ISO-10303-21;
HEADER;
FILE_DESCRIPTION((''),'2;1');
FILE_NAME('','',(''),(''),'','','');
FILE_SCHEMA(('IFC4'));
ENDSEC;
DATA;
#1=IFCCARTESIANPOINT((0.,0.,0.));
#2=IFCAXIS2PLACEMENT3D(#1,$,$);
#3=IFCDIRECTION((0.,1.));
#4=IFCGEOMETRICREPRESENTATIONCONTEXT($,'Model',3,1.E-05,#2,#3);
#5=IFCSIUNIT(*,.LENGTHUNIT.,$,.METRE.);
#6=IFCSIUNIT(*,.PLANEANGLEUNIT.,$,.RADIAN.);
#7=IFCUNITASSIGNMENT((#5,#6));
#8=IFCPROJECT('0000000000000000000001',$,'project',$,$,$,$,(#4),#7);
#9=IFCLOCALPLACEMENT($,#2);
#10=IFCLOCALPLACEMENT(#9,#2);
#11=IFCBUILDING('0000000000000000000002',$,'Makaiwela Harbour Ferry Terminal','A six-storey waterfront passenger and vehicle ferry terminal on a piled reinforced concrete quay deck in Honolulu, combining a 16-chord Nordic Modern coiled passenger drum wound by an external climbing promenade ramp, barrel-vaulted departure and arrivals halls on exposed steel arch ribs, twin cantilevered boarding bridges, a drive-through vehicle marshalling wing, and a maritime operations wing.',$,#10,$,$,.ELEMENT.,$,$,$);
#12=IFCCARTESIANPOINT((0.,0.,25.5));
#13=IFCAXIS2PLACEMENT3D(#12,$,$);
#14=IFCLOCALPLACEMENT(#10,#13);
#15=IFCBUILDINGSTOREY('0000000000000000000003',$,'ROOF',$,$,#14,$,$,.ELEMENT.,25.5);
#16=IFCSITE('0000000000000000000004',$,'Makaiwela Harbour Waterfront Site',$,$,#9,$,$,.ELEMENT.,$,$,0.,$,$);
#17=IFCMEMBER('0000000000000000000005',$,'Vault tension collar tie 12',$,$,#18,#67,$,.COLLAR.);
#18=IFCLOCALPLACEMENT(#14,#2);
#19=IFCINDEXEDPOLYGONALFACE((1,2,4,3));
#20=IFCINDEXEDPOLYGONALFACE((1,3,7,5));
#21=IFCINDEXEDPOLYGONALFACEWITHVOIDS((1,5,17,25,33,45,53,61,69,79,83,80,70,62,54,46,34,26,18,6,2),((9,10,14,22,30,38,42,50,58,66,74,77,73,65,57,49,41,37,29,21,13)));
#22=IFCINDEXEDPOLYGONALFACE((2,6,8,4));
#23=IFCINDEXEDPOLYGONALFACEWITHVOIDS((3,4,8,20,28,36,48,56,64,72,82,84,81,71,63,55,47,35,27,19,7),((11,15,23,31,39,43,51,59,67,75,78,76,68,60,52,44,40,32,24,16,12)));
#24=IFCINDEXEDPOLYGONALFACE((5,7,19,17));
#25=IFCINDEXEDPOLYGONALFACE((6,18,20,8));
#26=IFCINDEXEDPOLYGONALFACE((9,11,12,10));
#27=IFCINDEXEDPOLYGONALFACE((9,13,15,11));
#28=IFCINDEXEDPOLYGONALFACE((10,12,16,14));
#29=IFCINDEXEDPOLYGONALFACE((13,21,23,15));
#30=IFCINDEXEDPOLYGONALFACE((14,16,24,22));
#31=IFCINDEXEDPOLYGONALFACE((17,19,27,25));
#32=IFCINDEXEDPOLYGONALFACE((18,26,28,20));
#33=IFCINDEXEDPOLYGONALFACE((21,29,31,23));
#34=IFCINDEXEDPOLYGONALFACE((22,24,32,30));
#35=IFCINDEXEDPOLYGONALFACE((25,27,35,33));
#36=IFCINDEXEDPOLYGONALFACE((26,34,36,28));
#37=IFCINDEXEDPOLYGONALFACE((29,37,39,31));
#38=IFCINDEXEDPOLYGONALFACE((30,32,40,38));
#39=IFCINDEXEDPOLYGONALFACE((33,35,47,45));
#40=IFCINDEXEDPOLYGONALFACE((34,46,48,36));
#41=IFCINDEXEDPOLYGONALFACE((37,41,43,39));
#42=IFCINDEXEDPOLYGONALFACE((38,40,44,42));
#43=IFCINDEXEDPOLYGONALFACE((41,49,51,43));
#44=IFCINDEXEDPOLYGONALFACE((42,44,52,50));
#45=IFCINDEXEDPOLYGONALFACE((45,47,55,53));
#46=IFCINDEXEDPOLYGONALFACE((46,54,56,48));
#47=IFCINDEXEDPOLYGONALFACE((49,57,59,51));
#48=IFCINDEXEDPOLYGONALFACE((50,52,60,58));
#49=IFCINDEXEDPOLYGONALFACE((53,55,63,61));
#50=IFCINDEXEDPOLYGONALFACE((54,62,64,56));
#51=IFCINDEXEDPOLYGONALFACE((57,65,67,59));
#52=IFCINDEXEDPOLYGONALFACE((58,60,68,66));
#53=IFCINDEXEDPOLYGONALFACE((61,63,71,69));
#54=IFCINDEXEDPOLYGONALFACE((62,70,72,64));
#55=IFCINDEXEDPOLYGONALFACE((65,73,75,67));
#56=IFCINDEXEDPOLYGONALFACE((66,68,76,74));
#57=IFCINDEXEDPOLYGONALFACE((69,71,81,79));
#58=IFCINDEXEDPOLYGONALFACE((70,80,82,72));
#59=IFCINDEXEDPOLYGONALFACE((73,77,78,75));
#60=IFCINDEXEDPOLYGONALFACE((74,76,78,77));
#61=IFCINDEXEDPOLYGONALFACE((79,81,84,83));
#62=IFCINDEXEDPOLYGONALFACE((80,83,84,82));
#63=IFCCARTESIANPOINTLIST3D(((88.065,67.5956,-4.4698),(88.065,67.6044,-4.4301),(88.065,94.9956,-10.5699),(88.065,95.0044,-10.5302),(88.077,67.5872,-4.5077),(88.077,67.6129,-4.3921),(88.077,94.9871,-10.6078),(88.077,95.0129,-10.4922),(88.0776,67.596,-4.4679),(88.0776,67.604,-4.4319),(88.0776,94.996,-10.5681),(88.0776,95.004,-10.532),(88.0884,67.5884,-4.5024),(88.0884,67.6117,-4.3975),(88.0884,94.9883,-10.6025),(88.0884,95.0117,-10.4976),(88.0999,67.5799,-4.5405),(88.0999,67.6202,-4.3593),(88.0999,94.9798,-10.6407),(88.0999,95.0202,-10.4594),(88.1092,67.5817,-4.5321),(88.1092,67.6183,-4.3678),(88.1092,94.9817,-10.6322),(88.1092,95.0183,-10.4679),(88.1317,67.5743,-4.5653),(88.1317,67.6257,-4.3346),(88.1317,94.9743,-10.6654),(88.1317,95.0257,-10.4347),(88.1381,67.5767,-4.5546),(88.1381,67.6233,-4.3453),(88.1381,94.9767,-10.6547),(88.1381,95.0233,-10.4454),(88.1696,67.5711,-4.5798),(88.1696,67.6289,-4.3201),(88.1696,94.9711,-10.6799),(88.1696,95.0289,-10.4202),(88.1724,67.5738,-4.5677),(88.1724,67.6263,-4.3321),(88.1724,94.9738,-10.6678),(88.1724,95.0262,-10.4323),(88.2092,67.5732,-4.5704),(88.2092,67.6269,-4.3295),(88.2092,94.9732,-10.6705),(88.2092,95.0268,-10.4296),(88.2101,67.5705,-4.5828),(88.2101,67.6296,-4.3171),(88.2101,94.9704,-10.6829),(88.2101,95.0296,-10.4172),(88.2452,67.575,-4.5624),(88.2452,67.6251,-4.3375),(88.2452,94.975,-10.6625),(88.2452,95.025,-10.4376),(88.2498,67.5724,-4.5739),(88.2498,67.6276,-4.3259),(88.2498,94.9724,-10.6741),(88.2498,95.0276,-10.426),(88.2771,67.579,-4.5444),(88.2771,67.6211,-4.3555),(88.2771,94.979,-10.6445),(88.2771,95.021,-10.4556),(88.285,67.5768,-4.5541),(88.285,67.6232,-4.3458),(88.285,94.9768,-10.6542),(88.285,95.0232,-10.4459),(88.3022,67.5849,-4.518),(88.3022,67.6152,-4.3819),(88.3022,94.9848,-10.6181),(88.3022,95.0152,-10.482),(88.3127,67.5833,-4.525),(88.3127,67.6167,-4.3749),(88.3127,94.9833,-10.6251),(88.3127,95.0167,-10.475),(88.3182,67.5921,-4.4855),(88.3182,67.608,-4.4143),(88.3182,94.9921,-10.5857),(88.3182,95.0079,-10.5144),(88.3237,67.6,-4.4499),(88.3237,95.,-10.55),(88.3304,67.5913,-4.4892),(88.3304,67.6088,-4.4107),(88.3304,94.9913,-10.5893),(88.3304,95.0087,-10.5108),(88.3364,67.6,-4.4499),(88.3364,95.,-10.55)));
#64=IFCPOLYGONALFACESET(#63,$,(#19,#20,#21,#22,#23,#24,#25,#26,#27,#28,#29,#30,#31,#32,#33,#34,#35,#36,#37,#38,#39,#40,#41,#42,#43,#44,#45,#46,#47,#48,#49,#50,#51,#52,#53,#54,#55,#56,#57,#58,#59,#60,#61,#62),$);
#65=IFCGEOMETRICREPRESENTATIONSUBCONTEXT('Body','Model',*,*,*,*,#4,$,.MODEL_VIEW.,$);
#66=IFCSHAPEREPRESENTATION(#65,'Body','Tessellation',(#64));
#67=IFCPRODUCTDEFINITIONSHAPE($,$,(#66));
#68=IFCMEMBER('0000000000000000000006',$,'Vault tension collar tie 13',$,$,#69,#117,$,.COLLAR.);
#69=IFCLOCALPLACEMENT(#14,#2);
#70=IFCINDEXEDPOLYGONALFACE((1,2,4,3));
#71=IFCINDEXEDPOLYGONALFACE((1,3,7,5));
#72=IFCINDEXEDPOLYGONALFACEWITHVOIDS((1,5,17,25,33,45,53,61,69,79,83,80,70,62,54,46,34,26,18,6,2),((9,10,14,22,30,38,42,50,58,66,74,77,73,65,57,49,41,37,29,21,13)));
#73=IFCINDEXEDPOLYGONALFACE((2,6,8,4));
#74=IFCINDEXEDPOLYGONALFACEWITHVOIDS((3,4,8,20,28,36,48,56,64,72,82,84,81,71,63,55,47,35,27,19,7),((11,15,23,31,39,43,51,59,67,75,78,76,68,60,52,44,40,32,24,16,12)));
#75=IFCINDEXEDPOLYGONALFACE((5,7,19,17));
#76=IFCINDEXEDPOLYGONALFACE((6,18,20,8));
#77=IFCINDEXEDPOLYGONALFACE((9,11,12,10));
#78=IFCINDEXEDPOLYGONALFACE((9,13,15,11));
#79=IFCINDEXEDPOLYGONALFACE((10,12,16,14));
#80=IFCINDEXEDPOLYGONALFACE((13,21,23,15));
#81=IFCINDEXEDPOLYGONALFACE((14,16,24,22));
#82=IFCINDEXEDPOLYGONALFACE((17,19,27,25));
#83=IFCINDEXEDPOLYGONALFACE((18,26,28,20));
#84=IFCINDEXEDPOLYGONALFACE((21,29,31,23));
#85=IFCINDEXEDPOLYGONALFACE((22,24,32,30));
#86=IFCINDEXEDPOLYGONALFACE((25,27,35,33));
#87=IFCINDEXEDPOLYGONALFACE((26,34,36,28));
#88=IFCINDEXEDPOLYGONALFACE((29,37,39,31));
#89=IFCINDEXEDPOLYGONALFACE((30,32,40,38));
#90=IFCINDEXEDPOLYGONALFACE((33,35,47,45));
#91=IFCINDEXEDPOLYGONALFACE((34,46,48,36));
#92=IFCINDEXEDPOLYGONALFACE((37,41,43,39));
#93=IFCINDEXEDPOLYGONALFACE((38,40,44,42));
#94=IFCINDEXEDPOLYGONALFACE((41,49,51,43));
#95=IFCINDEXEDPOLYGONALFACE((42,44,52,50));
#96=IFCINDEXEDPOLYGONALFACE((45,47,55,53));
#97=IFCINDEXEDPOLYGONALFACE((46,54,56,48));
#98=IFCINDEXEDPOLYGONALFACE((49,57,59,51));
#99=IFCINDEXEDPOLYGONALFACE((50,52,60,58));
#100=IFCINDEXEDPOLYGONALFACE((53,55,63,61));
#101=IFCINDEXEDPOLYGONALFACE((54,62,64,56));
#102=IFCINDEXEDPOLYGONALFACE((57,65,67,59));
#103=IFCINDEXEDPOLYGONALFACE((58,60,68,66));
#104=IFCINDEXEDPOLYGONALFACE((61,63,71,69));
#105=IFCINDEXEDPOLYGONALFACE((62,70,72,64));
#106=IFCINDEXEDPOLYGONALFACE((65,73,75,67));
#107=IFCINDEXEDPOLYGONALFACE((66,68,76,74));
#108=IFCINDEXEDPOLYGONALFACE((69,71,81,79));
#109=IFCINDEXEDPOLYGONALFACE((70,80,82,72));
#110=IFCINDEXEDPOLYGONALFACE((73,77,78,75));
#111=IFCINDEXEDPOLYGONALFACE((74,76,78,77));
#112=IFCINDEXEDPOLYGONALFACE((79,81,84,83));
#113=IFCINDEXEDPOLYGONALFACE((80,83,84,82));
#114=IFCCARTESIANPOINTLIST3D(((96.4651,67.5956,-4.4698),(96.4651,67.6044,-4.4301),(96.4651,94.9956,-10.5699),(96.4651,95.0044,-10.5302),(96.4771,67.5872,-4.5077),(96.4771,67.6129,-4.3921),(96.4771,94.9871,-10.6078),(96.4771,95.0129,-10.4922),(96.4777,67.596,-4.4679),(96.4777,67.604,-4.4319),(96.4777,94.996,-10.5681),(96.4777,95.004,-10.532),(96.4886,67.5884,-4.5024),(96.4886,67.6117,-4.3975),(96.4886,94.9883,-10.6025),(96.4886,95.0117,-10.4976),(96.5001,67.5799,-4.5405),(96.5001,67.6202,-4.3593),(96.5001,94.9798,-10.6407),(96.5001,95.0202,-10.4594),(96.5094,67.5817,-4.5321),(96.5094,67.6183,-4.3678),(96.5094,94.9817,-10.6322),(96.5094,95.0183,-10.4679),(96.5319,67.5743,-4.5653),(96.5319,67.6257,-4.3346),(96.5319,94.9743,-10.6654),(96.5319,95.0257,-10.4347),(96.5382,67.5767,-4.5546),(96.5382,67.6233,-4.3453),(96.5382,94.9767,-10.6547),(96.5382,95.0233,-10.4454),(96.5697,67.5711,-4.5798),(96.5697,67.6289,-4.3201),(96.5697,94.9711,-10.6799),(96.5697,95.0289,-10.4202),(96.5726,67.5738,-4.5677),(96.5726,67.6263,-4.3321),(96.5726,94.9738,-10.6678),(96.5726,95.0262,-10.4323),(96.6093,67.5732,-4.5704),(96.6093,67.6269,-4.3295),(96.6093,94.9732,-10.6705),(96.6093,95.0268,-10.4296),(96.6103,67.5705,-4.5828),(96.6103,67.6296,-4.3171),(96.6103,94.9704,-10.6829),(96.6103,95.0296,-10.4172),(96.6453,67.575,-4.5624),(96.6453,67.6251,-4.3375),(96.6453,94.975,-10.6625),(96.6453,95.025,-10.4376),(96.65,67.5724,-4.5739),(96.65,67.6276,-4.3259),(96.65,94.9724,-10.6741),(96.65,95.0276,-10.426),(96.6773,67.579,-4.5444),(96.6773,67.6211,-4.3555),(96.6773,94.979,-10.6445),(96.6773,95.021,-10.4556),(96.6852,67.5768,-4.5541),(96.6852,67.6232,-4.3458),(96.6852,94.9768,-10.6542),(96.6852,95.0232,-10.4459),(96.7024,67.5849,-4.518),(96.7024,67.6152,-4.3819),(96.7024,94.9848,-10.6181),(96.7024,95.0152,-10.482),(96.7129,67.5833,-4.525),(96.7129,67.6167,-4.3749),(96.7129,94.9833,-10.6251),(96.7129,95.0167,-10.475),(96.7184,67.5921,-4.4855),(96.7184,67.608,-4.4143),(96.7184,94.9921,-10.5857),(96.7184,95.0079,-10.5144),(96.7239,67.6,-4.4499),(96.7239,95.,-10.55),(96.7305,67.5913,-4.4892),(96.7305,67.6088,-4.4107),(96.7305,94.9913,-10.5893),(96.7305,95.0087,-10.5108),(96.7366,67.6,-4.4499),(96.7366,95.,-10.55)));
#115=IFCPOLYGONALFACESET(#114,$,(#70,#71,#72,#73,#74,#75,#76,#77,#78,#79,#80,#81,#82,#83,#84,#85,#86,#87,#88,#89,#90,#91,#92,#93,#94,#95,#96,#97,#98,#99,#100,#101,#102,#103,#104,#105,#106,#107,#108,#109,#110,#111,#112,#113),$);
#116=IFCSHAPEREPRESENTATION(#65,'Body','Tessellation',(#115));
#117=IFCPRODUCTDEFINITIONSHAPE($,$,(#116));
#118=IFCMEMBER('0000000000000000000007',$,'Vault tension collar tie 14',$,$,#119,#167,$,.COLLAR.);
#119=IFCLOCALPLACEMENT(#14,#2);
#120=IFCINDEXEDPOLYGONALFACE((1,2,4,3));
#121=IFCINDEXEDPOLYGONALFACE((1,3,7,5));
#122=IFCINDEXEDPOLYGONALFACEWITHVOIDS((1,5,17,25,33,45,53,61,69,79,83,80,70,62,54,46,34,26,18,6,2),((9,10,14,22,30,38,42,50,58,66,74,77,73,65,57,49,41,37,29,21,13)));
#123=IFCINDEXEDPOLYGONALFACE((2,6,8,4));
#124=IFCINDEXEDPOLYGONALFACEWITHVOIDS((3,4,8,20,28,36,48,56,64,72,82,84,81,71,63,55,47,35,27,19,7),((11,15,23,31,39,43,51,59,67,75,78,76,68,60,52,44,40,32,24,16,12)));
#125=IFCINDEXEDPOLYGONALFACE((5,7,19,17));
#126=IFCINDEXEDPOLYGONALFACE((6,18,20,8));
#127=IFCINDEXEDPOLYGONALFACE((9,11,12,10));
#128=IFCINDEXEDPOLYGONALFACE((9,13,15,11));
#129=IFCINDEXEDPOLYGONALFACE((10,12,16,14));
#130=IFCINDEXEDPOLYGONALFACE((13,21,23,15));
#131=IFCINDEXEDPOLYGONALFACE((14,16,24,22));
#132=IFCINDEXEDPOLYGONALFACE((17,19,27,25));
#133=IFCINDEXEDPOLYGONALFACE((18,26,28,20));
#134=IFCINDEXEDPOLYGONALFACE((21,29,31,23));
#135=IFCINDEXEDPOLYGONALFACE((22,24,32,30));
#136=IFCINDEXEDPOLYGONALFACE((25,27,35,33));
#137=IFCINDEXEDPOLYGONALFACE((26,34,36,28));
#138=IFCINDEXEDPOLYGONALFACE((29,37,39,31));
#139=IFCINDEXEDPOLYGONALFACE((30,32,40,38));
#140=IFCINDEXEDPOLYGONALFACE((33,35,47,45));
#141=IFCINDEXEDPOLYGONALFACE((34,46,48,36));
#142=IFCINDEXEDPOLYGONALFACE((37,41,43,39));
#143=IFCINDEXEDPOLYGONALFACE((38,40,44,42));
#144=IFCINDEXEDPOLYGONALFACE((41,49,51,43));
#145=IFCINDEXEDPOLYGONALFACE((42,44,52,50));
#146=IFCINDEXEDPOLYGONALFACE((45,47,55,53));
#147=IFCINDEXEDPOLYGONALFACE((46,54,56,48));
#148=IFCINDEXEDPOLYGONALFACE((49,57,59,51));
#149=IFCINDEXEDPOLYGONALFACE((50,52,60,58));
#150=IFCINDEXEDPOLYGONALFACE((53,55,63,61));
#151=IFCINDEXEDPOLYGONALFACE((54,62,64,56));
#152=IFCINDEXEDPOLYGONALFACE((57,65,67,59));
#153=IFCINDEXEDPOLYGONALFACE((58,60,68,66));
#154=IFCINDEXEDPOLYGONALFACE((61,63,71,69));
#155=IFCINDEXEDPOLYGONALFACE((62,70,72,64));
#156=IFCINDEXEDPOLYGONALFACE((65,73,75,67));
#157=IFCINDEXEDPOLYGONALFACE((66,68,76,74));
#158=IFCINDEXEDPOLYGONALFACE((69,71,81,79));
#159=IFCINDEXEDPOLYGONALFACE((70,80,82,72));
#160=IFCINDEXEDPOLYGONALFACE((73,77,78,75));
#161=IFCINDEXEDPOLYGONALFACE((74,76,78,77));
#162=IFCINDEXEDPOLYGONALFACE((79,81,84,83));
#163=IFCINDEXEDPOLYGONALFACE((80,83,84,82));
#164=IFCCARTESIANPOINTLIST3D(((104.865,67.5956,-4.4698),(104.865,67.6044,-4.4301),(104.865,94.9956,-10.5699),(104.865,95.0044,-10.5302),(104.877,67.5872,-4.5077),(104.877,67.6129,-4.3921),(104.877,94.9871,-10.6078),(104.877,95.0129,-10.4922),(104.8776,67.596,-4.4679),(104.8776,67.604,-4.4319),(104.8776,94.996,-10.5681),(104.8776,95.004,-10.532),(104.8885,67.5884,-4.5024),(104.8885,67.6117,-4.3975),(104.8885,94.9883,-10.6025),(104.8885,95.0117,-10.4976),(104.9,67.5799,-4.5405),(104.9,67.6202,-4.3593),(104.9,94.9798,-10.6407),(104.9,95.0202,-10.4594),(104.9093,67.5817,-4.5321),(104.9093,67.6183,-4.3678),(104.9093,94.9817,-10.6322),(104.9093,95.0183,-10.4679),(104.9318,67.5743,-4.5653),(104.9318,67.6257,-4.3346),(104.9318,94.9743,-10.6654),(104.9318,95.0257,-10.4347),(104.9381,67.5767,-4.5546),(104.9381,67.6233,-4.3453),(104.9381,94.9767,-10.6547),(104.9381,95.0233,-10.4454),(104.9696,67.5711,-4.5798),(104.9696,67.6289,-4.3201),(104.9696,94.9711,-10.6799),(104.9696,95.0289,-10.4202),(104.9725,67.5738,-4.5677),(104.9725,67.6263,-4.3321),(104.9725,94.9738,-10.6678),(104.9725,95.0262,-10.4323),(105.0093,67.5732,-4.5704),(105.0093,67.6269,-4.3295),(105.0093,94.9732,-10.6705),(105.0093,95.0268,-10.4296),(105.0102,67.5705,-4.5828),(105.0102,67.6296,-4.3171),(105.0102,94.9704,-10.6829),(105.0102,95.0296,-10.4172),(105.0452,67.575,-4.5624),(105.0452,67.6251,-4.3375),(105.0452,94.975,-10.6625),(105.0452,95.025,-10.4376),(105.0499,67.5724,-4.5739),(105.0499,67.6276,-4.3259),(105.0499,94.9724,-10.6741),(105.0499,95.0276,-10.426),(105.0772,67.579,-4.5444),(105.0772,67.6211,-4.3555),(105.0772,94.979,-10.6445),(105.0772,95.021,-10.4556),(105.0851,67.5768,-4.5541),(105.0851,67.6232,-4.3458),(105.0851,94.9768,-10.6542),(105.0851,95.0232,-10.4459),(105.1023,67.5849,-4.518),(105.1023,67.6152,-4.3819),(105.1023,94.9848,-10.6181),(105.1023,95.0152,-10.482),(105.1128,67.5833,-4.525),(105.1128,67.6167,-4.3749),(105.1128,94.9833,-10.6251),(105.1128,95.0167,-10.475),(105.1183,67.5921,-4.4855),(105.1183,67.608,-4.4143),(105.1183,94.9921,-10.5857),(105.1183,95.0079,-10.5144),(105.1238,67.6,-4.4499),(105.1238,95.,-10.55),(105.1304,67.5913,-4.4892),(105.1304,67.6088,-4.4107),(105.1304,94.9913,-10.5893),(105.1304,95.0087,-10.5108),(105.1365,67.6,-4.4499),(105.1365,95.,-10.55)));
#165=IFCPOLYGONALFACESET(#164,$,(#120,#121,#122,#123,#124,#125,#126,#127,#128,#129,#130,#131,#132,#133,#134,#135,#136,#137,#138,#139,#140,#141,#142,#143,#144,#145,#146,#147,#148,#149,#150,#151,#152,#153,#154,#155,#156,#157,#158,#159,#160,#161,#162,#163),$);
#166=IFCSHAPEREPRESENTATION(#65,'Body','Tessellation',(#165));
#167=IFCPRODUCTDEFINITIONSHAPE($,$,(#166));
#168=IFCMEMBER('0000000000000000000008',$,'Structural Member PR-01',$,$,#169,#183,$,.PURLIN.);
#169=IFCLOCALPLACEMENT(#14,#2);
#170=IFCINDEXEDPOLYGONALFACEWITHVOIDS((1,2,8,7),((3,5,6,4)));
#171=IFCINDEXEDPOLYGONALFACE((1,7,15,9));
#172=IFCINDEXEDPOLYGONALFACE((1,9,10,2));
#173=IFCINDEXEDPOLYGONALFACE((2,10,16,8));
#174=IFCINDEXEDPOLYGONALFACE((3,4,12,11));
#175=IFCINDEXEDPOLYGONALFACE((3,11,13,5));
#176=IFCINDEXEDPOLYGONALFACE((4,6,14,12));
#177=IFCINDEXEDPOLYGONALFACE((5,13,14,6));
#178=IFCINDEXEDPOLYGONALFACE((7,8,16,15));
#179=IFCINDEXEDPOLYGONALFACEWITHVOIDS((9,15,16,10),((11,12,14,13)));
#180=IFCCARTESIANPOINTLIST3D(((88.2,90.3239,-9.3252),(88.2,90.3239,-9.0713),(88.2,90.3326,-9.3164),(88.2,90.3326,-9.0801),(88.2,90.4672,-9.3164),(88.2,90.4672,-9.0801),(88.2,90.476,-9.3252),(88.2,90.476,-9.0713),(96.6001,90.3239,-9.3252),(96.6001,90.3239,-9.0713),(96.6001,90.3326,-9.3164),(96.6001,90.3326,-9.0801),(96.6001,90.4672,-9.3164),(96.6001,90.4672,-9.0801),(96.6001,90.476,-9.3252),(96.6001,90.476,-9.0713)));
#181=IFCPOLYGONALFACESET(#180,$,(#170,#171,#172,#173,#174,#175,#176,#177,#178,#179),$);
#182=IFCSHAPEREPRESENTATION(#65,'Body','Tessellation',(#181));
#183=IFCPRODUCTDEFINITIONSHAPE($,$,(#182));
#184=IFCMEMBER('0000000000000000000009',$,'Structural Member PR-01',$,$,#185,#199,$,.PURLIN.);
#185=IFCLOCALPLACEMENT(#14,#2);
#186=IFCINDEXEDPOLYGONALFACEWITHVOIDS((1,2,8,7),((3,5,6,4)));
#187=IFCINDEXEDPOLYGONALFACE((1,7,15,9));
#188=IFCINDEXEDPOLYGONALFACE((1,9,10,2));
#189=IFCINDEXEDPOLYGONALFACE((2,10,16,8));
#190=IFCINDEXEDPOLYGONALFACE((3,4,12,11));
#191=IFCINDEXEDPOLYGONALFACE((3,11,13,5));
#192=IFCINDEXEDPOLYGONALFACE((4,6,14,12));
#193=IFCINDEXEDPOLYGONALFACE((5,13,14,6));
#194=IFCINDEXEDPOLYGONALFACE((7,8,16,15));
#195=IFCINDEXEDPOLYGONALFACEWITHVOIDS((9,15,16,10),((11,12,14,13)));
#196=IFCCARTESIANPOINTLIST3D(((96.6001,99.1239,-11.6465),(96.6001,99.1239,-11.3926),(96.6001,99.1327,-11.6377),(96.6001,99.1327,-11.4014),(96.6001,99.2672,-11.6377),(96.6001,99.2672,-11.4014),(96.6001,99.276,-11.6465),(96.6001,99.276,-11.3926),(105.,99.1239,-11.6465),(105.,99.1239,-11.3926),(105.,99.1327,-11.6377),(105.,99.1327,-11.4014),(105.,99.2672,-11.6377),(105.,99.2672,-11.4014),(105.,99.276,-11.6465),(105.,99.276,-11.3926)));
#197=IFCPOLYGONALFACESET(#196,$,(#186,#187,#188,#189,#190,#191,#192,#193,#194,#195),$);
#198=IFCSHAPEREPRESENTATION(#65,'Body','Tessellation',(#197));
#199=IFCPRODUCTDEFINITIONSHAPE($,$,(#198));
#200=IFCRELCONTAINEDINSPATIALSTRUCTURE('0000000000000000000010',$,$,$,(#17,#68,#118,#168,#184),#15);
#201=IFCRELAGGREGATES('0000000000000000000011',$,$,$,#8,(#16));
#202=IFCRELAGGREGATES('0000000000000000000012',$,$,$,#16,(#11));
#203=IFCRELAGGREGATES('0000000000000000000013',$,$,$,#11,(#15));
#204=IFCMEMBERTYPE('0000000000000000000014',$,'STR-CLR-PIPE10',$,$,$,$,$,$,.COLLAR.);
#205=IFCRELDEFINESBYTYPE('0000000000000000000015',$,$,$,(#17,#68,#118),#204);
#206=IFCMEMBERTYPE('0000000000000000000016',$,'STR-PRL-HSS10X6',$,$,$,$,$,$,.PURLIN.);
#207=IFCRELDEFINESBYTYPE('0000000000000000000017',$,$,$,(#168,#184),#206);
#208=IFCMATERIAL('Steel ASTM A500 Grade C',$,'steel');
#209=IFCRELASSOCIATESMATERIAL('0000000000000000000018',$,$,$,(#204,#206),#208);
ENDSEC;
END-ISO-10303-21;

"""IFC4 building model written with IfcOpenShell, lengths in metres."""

from ifc_helpers import new_model, si_unit, direction, frame, origin, origin_2d, place, context, subcontext, project, spatial, hollow_rectangle, hollow_circle, extrude, material, material_profile, profile_set, type_object, element, save


model = new_model("IFC4")

# Units and contexts
model_context = context("Model", 3, precision=1e-05, world=origin(), true_north=direction((0.0, 1.0)))
body_context = subcontext(model_context, "Body", "Model", "MODEL_VIEW")
ifc_project = project(units=[si_unit("LENGTHUNIT", "METRE"), si_unit("PLANEANGLEUNIT", "RADIAN")], contexts=[model_context])

# Site, building, storey
site_placement = place(None, origin())
site = spatial("IfcSite", under=ifc_project, at=site_placement, Name="Makaiwela Harbour Waterfront Site", CompositionType="ELEMENT", RefElevation=0.0)
building_placement = place(site_placement, origin())
building = spatial("IfcBuilding", under=site, at=building_placement, Name="Makaiwela Harbour Ferry Terminal", Description="A six-storey waterfront passenger and vehicle ferry terminal on a piled reinforced concrete quay deck in Honolulu, combining a 16-chord Nordic Modern coiled passenger drum wound by an external climbing promenade ramp, barrel-vaulted departure and arrivals halls on exposed steel arch ribs, twin cantilevered boarding bridges, a drive-through vehicle marshalling wing, and a maritime operations wing.", CompositionType="ELEMENT")
storey_placement = place(building_placement, frame((0.0, 0.0, 25.5)))
storey = spatial("IfcBuildingStorey", under=building, at=storey_placement, Name="ROOF", CompositionType="ELEMENT", Elevation=25.5)

# Members
ifc_material_1 = material(Name="Steel ASTM A500 Grade C", Category="steel")
ifc_material_profile_1 = material_profile(ifc_material_1, hollow_circle(Radius=0.1365, WallThickness=0.0127, at=origin_2d()), Name="PIPE10XS")
ifc_profile_set_1 = profile_set([ifc_material_profile_1], Name="Steel ASTM A500 Grade C")
member_type_1 = type_object("IfcMemberType", Name="STR-CLR-PIPE10", PredefinedType="COLLAR", material=ifc_profile_set_1)
for number, where, z_axis, x_axis, name in (
    (1, (88.2, 95.0, -10.55), (0.0, -0.976102, 0.217312), (1.0, 0.0, 0.0), "Vault tension collar tie 12"),
    (2, (96.6001, 95.0, -10.55), (0.0, -0.976102, 0.217312), (1.0, 0.0, 0.0), "Vault tension collar tie 13"),
    (3, (105.0, 95.0, -10.55), (0.0, -0.976102, 0.217312), (1.0, 0.0, 0.0), "Vault tension collar tie 14"),
):
    element("IfcMember", number, at=place(storey_placement, frame(where, z_axis=z_axis, x_axis=x_axis)), inside=storey, type_object=member_type_1, Name=name, PredefinedType="COLLAR", context=body_context, shape_type="SweptSolid", body=[
        extrude(hollow_circle(Radius=0.1365, WallThickness=0.0127, at=origin_2d()), origin(), (0.0, 0.0, 1.0), 28.0708),
    ])
ifc_material_profile_2 = material_profile(ifc_material_1, hollow_rectangle(XDim=0.1521, YDim=0.2539, WallThickness=0.0088, at=origin_2d()), Name="HSS10X6X3/8")
ifc_profile_set_2 = profile_set([ifc_material_profile_2], Name="Steel ASTM A500 Grade C")
member_type_2 = type_object("IfcMemberType", Name="STR-PRL-HSS10X6", PredefinedType="PURLIN", material=ifc_profile_set_2)
member_1_placement = place(storey_placement, frame((88.2, 90.3999, -9.1982), z_axis=(1.0, 0.0, 0.0), x_axis=(0.0, 1.0, 0.0)))
element("IfcMember", 4, at=member_1_placement, inside=storey, type_object=member_type_2, Name="Structural Member PR-01", PredefinedType="PURLIN", context=body_context, shape_type="SweptSolid", body=[
    extrude(hollow_rectangle(XDim=0.1521, YDim=0.2539, WallThickness=0.0088, at=origin_2d()), origin(), (0.0, 0.0, 1.0), 8.4001),
])
for number, where, z_axis, x_axis, name in (
    (5, (96.6001, 99.2, -11.5195), (1.0, 0.0, 0.0), (0.0, 1.0, 0.0), "Structural Member PR-01"),
):
    element("IfcMember", number, at=place(storey_placement, frame(where, z_axis=z_axis, x_axis=x_axis)), inside=storey, type_object=member_type_2, Name=name, PredefinedType="PURLIN", context=body_context, shape_type="SweptSolid", body=[
        extrude(hollow_rectangle(XDim=0.1521, YDim=0.2539, WallThickness=0.0088, at=origin_2d()), origin(), (0.0, 0.0, 1.0), 8.3999),
    ])

save(model, "model.ifc")
